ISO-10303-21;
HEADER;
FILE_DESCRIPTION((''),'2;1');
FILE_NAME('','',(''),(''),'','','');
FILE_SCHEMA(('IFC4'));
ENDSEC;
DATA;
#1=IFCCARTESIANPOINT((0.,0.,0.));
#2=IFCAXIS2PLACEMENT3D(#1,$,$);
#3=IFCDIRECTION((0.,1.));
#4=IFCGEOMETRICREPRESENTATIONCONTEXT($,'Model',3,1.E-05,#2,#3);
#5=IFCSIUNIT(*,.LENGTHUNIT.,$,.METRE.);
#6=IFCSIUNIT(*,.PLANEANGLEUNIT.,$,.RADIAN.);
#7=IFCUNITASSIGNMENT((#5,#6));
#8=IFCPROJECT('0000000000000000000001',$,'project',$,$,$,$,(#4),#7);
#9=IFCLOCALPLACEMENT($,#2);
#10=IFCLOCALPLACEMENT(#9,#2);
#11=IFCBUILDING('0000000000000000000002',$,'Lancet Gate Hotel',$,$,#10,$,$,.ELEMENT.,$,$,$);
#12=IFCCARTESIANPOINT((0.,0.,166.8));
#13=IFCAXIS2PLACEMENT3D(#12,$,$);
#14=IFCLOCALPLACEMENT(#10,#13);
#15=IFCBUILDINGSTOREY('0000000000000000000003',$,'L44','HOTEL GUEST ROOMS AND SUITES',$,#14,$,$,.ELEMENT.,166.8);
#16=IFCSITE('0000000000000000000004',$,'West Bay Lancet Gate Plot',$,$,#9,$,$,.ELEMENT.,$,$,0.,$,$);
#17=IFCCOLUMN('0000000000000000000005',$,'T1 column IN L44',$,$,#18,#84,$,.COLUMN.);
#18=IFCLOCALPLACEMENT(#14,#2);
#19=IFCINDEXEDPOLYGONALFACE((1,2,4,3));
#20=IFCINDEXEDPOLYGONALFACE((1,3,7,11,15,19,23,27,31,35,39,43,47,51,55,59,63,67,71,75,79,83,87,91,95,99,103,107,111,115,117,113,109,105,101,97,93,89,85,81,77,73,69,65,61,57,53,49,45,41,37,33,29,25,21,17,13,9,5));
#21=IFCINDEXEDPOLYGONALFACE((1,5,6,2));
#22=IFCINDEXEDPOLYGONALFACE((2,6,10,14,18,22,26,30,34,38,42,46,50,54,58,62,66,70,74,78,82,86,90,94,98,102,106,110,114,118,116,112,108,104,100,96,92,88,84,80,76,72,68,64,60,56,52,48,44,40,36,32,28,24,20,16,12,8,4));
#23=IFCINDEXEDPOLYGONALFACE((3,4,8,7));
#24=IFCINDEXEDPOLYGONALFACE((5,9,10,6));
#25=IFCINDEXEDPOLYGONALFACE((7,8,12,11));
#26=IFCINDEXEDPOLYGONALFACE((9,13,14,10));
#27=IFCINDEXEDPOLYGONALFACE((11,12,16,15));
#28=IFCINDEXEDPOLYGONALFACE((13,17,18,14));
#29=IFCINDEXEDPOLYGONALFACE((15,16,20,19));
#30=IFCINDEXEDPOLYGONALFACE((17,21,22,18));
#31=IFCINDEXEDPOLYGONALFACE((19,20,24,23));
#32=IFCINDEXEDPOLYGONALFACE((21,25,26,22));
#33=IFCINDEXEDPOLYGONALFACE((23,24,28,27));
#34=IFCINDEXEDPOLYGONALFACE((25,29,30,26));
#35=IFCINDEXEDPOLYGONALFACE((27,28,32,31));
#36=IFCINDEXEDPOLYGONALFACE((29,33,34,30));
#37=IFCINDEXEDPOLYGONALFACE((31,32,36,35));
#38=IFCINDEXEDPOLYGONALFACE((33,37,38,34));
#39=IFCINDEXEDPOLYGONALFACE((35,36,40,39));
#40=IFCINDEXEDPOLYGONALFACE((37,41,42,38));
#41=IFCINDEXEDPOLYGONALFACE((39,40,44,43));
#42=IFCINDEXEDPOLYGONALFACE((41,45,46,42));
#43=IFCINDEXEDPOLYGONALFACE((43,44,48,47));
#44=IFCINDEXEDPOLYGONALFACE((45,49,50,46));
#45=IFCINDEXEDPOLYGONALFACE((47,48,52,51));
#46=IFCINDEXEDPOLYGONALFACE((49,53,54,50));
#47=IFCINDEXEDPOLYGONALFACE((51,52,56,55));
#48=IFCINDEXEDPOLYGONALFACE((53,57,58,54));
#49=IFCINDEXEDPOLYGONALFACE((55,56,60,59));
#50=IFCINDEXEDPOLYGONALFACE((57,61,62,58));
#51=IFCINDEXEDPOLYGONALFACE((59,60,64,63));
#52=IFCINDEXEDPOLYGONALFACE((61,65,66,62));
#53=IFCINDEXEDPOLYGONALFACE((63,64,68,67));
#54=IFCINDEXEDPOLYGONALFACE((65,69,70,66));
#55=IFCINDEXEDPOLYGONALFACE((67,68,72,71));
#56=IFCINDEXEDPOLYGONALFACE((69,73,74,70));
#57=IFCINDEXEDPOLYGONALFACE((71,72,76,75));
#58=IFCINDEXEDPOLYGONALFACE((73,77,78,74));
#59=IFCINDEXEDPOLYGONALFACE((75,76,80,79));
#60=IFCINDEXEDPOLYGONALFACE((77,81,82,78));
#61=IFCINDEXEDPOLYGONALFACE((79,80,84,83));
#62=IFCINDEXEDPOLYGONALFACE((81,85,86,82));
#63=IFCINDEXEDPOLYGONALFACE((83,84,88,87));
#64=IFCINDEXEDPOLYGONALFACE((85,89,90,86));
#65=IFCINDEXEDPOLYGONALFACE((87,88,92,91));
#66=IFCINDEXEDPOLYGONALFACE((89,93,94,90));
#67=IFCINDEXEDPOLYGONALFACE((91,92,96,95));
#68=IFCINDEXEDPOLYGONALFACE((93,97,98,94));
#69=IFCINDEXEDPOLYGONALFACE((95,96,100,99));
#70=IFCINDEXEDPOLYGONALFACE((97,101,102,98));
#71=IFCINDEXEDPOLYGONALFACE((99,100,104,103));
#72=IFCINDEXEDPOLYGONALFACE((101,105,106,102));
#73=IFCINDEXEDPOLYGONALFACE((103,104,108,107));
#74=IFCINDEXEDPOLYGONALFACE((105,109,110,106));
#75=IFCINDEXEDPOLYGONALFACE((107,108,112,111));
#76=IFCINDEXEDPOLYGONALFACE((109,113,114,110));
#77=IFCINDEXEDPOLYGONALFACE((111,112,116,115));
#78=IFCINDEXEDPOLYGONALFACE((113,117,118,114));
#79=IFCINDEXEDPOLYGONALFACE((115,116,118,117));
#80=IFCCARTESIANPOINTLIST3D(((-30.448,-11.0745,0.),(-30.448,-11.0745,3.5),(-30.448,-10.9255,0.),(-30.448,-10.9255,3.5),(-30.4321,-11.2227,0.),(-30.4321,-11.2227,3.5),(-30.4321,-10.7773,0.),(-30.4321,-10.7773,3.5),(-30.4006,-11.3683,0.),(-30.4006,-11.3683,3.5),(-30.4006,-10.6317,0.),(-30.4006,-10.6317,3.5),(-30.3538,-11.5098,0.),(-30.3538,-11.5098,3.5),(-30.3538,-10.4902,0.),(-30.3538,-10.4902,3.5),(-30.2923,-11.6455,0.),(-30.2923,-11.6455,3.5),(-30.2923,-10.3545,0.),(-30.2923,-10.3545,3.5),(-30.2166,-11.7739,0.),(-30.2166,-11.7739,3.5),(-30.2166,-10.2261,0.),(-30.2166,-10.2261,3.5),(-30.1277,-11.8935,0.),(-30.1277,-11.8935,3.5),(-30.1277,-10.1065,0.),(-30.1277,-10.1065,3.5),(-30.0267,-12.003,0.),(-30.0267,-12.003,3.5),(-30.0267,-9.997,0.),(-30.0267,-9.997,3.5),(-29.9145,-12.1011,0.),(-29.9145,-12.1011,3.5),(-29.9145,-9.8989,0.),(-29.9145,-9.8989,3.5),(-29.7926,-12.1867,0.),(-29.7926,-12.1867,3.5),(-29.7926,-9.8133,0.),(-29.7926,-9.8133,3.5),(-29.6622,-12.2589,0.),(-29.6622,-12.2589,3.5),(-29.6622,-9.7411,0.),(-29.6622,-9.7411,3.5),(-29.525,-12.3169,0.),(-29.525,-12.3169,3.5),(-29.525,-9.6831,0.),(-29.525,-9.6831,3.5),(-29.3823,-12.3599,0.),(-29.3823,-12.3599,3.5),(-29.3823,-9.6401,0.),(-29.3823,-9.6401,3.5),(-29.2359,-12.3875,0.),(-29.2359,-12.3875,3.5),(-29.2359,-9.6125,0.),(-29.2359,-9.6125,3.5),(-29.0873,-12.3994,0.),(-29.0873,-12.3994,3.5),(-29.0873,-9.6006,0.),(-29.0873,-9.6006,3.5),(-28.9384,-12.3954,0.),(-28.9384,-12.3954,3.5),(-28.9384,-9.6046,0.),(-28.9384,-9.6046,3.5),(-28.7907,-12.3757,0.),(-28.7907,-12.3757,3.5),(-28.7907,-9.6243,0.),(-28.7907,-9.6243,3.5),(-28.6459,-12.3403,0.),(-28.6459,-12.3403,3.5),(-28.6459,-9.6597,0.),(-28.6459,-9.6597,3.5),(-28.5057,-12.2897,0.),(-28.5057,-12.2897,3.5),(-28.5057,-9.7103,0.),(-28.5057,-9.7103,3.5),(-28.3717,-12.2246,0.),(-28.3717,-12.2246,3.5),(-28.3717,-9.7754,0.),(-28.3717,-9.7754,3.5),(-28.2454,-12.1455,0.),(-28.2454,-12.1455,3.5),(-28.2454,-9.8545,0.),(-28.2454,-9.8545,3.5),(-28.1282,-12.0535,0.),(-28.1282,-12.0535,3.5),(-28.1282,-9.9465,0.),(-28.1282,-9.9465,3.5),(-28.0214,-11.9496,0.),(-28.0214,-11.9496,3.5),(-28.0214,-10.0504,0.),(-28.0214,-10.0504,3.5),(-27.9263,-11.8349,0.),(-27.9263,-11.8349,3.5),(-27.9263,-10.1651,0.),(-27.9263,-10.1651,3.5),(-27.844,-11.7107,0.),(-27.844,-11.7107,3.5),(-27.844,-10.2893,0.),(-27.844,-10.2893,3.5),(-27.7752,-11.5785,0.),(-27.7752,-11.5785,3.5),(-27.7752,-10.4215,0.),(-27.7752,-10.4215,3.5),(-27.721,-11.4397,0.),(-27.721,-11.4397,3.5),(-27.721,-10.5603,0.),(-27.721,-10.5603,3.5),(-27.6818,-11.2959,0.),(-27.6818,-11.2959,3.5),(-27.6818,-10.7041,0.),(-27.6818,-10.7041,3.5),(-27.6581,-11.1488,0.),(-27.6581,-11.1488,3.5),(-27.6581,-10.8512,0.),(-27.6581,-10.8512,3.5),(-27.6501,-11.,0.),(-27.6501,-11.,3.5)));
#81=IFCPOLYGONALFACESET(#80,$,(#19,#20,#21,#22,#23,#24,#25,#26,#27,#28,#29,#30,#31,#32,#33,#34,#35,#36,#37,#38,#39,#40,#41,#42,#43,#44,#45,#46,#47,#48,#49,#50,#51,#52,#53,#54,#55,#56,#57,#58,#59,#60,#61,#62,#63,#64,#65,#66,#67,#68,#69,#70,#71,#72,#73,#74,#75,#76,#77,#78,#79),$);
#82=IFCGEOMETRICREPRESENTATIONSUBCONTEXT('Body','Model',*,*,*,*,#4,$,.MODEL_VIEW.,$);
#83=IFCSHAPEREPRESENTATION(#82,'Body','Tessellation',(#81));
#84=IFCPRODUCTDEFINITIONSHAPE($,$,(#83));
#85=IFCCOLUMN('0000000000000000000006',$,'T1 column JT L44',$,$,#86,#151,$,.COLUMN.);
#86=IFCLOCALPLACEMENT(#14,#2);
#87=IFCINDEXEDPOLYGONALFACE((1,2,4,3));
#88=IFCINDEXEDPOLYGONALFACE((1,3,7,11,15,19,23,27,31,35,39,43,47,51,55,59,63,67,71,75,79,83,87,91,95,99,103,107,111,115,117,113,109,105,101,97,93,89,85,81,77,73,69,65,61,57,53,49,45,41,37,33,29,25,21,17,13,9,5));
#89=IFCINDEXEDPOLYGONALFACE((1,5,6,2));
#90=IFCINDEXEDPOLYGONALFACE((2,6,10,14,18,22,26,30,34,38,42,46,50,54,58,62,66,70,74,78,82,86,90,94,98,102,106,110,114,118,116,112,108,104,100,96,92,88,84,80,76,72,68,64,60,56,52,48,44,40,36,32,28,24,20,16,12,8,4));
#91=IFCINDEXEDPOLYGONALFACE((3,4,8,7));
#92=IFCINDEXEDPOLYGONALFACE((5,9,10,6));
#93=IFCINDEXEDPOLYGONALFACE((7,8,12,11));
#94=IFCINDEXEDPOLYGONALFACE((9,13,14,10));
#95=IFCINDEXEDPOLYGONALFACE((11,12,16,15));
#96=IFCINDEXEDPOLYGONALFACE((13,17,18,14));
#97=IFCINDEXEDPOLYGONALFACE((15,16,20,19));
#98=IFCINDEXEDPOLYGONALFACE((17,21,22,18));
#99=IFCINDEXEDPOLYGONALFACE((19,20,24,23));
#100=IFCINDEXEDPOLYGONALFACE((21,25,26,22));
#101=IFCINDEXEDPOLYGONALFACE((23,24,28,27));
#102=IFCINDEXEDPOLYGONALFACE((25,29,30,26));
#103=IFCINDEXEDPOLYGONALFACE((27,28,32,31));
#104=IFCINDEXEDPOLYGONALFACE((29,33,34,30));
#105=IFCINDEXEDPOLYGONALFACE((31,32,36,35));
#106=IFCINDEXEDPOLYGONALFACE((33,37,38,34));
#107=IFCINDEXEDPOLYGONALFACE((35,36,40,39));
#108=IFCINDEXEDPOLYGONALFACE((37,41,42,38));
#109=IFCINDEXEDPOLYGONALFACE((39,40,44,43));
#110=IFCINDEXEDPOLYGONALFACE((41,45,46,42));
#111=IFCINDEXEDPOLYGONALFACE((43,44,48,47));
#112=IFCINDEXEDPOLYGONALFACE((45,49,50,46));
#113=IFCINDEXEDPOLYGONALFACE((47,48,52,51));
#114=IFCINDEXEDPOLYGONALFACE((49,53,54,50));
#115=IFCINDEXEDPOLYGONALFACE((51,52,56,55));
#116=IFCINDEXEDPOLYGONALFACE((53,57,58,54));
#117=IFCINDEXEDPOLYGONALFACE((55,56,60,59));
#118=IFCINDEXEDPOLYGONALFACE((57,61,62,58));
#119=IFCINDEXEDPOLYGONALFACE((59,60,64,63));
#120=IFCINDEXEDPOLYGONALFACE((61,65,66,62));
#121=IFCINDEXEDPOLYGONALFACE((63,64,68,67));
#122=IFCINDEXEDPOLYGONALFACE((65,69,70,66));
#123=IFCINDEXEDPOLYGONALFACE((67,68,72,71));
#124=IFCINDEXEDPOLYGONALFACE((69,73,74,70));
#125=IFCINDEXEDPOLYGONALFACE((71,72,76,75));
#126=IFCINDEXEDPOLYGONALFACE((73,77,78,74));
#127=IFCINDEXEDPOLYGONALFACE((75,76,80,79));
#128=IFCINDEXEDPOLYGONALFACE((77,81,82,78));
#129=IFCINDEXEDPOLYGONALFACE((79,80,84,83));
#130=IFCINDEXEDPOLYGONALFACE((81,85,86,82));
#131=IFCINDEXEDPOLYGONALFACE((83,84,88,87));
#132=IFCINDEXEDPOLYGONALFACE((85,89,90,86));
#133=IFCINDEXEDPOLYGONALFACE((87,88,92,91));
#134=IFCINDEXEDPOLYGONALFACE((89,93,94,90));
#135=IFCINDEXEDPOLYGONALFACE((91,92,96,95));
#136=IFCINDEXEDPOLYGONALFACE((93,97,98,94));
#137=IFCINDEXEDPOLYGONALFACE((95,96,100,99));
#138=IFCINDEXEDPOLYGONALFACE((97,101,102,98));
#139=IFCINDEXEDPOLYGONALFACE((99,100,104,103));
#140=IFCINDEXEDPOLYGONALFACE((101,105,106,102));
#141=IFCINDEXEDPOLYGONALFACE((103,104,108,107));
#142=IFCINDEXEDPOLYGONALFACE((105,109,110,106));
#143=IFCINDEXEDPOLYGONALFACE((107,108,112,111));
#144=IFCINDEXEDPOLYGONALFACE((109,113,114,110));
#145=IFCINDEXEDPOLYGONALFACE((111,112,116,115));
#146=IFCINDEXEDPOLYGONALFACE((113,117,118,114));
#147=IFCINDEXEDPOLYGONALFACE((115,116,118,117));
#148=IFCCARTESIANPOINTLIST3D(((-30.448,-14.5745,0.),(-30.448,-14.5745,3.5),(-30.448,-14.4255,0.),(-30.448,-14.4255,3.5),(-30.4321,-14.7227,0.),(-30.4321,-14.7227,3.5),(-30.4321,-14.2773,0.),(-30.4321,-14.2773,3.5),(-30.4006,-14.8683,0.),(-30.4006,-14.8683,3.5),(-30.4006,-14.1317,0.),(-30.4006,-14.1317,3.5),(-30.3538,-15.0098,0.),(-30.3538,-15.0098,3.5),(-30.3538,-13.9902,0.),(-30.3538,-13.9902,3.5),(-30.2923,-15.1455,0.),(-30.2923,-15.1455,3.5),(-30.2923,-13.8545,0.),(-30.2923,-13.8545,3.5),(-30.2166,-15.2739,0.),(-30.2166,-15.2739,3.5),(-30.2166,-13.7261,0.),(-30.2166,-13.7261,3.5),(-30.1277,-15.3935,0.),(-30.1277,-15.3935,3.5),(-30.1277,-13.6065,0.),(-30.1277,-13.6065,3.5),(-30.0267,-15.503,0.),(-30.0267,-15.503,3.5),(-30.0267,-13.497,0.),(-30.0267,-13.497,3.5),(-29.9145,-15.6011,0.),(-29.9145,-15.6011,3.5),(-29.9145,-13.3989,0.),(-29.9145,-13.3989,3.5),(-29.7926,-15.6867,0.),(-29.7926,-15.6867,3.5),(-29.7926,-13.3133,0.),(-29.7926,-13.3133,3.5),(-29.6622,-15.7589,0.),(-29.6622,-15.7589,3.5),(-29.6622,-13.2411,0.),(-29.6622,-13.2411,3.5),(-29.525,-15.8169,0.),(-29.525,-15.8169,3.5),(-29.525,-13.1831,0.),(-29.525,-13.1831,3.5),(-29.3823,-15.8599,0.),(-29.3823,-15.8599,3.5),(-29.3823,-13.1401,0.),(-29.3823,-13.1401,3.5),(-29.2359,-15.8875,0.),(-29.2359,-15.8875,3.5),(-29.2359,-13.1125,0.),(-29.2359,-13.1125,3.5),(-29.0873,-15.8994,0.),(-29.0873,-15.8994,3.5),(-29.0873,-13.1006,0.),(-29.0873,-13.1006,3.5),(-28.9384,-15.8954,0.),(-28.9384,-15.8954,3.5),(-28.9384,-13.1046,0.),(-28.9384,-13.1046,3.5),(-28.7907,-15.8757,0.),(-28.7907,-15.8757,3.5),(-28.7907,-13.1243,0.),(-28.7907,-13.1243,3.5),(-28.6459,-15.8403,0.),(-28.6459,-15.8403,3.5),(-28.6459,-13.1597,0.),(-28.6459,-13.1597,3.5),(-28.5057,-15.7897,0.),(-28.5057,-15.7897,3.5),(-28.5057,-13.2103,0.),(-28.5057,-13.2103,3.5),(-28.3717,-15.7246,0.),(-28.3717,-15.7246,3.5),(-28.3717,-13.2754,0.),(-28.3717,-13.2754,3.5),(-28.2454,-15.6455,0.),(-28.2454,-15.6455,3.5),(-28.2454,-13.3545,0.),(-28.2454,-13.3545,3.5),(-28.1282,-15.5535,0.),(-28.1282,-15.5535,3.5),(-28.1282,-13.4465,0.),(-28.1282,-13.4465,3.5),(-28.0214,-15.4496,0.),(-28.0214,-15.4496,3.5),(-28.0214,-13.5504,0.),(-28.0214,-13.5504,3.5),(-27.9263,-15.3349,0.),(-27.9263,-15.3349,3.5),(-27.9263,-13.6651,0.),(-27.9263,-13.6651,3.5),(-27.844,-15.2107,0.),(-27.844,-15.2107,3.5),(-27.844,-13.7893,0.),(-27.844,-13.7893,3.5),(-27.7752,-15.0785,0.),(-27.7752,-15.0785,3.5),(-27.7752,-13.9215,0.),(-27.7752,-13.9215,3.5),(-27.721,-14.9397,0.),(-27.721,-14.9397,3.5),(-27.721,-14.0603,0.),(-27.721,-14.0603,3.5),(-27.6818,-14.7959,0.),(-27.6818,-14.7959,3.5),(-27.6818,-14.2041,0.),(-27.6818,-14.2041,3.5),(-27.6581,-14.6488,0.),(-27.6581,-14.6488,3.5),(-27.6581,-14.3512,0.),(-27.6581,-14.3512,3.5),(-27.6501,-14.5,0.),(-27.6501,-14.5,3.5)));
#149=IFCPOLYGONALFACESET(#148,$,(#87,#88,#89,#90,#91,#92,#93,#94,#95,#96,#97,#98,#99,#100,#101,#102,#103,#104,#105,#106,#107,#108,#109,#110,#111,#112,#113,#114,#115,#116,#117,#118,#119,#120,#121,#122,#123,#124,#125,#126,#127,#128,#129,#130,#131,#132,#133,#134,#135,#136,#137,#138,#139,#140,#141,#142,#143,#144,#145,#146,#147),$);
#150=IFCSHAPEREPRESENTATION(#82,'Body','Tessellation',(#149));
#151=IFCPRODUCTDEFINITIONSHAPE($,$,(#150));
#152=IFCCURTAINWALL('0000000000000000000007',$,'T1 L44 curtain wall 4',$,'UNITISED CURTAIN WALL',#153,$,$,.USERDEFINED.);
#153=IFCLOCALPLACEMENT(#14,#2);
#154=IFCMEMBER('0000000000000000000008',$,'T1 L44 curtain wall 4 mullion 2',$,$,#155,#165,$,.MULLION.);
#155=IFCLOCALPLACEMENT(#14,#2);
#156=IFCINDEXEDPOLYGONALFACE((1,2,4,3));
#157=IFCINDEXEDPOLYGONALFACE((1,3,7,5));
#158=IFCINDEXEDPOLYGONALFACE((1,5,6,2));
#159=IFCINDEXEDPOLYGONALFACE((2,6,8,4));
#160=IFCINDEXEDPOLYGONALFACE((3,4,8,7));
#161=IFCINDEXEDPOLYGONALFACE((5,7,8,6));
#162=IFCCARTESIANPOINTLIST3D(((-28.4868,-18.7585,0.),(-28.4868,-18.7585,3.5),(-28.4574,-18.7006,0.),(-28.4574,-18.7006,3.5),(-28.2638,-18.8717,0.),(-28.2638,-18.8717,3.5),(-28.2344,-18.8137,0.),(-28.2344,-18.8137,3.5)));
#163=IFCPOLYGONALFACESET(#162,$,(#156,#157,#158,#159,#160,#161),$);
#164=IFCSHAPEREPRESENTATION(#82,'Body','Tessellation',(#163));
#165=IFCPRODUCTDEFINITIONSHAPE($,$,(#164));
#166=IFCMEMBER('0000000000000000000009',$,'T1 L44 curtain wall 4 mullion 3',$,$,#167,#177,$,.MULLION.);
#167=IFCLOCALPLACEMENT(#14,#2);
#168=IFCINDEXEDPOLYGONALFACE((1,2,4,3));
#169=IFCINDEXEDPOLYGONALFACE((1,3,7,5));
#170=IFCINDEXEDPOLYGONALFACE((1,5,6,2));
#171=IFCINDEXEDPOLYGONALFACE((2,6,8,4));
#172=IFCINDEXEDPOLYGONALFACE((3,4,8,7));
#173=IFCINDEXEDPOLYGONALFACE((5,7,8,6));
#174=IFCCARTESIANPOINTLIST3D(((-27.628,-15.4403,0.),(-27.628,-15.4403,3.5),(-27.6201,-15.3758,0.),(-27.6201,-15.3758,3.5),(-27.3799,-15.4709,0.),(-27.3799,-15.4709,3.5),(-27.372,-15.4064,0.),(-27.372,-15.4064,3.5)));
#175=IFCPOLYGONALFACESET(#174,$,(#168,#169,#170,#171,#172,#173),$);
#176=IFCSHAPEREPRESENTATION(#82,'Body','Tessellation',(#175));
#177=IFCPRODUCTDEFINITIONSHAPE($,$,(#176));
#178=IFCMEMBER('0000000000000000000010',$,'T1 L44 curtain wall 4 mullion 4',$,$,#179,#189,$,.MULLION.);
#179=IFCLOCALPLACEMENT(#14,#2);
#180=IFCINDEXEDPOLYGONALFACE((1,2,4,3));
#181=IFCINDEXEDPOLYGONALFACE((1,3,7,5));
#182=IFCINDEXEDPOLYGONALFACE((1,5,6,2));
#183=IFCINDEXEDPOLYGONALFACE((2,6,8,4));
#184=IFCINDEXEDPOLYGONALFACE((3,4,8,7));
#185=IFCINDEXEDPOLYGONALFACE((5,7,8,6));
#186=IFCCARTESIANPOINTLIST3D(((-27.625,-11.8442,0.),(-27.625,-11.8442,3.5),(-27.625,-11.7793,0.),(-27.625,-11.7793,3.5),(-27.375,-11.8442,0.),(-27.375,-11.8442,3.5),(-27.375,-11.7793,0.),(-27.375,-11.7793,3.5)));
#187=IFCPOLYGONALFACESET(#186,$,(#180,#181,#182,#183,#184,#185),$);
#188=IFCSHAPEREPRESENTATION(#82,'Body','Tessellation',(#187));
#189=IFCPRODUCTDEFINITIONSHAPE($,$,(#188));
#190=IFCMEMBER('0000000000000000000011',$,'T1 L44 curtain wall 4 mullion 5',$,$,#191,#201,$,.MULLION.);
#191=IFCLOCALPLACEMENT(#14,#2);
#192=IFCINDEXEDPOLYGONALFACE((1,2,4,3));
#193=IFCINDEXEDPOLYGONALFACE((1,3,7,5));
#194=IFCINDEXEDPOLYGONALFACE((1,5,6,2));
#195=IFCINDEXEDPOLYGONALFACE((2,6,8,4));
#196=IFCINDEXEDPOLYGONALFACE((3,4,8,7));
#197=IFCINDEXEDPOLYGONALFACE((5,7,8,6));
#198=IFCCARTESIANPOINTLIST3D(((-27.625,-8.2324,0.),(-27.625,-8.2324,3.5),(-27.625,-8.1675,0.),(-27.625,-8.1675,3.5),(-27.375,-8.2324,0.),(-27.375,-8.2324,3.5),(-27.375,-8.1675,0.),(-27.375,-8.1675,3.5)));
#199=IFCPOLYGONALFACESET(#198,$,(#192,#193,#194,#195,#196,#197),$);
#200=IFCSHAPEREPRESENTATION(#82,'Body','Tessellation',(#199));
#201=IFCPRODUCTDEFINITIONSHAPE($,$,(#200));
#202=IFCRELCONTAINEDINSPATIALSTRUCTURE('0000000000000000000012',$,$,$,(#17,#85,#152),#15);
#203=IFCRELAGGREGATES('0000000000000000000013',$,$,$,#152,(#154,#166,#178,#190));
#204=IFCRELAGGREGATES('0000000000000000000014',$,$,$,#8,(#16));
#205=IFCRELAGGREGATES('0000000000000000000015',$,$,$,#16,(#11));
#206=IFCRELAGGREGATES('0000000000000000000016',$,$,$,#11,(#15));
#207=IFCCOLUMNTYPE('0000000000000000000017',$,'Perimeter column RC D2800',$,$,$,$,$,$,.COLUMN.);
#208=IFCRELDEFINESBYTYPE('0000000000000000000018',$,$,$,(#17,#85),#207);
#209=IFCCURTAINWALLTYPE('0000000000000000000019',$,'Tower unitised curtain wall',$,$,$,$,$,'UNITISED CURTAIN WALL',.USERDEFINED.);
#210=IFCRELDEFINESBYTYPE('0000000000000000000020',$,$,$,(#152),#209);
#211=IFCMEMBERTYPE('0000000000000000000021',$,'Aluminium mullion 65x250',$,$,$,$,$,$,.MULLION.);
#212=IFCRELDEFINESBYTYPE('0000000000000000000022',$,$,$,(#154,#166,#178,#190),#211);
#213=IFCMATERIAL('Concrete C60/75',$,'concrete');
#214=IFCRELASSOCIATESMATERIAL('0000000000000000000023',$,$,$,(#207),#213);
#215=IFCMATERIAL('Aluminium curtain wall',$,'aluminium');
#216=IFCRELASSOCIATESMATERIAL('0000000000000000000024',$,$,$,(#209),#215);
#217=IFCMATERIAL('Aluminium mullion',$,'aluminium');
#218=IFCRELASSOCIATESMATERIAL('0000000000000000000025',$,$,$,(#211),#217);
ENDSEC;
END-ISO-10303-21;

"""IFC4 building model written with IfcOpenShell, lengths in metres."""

from ifc_helpers import new_model, si_unit, direction, frame, origin, origin_2d, place, context, subcontext, project, spatial, rectangle, circle, extrude, material, material_profile, profile_set, type_object, element, aggregate, save


model = new_model("IFC4")

# Units and contexts
model_context = context("Model", 3, precision=1e-05, world=origin(), true_north=direction((0.0, 1.0)))
body_context = subcontext(model_context, "Body", "Model", "MODEL_VIEW")
ifc_project = project(units=[si_unit("LENGTHUNIT", "METRE"), si_unit("PLANEANGLEUNIT", "RADIAN")], contexts=[model_context])

# Site, building, storey
site_placement = place(None, origin())
site = spatial("IfcSite", under=ifc_project, at=site_placement, Name="West Bay Lancet Gate Plot", CompositionType="ELEMENT", RefElevation=0.0)
building_placement = place(site_placement, origin())
building = spatial("IfcBuilding", under=site, at=building_placement, Name="Lancet Gate Hotel", CompositionType="ELEMENT")
storey_placement = place(building_placement, frame((0.0, 0.0, 166.8)))
storey = spatial("IfcBuildingStorey", under=building, at=storey_placement, Name="L44", Description="HOTEL GUEST ROOMS AND SUITES", CompositionType="ELEMENT", Elevation=166.8)

# Columns
ifc_material_1 = material(Name="Concrete C60/75", Category="concrete")
ifc_material_profile_1 = material_profile(ifc_material_1, circle(Radius=1.3999, at=origin_2d()), Name="RC D2800")
ifc_profile_set_1 = profile_set([ifc_material_profile_1], Name="Concrete C60/75")
column_type = type_object("IfcColumnType", Name="Perimeter column RC D2800", PredefinedType="COLUMN", material=ifc_profile_set_1)
for number, where, z_axis, x_axis, name in (
    (1, (-29.05, -11.0, 0.0), (0.0, 0.0, 1.0), (1.0, 0.0, 0.0), "T1 column IN L44"),
    (2, (-29.05, -14.5, 0.0), (0.0, 0.0, 1.0), (1.0, 0.0, 0.0), "T1 column JT L44"),
):
    element("IfcColumn", number, at=place(storey_placement, frame(where, z_axis=z_axis, x_axis=x_axis)), inside=storey, type_object=column_type, Name=name, PredefinedType="COLUMN", context=body_context, shape_type="SweptSolid", body=[
        extrude(circle(Radius=1.3999, at=origin_2d()), origin(), (0.0, 0.0, 1.0), 3.5),
    ])

# Curtain wall, members
ifc_material_2 = material(Name="Aluminium curtain wall", Category="aluminium")
curtain_wall_type = type_object("IfcCurtainWallType", Name="Tower unitised curtain wall", ElementType="UNITISED CURTAIN WALL", PredefinedType="USERDEFINED", material=ifc_material_2)
curtain_wall_placement = place(storey_placement, origin())
curtain_wall = element("IfcCurtainWall", 3, at=curtain_wall_placement, inside=storey, type_object=curtain_wall_type, Name="T1 L44 curtain wall 4", ObjectType="UNITISED CURTAIN WALL", PredefinedType="USERDEFINED")
ifc_material_3 = material(Name="Aluminium mullion", Category="aluminium")
ifc_material_profile_2 = material_profile(ifc_material_3, rectangle(XDim=0.0649, YDim=0.25, at=origin_2d()), Name="MULLION 65x250")
ifc_profile_set_2 = profile_set([ifc_material_profile_2], Name="Aluminium mullion")
member_type_1 = type_object("IfcMemberType", Name="Aluminium mullion 65x250", PredefinedType="MULLION", material=ifc_profile_set_2)
member_1_placement = place(storey_placement, frame((-28.3606, -18.7861, 0.0), z_axis=(0.0, 0.0, 1.0), x_axis=(0.452508, 0.891761, 0.0)))
member_1 = element("IfcMember", 4, at=member_1_placement, type_object=member_type_1, Name="T1 L44 curtain wall 4 mullion 2", PredefinedType="MULLION", context=body_context, shape_type="SweptSolid", body=[
    extrude(rectangle(XDim=0.0649, YDim=0.25, at=origin_2d()), origin(), (0.0, 0.0, 1.0), 3.5),
])
member_2_placement = place(storey_placement, frame((-27.5, -15.4233, 0.0), z_axis=(0.0, 0.0, 1.0), x_axis=(0.122467, 0.992473, 0.0)))
member_2 = element("IfcMember", 5, at=member_2_placement, type_object=member_type_1, Name="T1 L44 curtain wall 4 mullion 3", PredefinedType="MULLION", context=body_context, shape_type="SweptSolid", body=[
    extrude(rectangle(XDim=0.0649, YDim=0.25, at=origin_2d()), origin(), (0.0, 0.0, 1.0), 3.5),
])
member_3_placement = place(storey_placement, frame((-27.5, -11.8118, 0.0), z_axis=(0.0, 0.0, 1.0), x_axis=(0.0, 1.0, 0.0)))
member_3 = element("IfcMember", 6, at=member_3_placement, type_object=member_type_1, Name="T1 L44 curtain wall 4 mullion 4", PredefinedType="MULLION", context=body_context, shape_type="SweptSolid", body=[
    extrude(rectangle(XDim=0.0649, YDim=0.25, at=origin_2d()), origin(), (0.0, 0.0, 1.0), 3.5),
])
member_4_placement = place(storey_placement, frame((-27.5, -8.2, 0.0), z_axis=(0.0, 0.0, 1.0), x_axis=(0.0, 1.0, 0.0)))
member_4 = element("IfcMember", 7, at=member_4_placement, type_object=member_type_1, Name="T1 L44 curtain wall 4 mullion 5", PredefinedType="MULLION", context=body_context, shape_type="SweptSolid", body=[
    extrude(rectangle(XDim=0.0649, YDim=0.25, at=origin_2d()), origin(), (0.0, 0.0, 1.0), 3.5),
])

aggregate(curtain_wall, [member_1, member_2, member_3, member_4])

save(model, "model.ifc")
